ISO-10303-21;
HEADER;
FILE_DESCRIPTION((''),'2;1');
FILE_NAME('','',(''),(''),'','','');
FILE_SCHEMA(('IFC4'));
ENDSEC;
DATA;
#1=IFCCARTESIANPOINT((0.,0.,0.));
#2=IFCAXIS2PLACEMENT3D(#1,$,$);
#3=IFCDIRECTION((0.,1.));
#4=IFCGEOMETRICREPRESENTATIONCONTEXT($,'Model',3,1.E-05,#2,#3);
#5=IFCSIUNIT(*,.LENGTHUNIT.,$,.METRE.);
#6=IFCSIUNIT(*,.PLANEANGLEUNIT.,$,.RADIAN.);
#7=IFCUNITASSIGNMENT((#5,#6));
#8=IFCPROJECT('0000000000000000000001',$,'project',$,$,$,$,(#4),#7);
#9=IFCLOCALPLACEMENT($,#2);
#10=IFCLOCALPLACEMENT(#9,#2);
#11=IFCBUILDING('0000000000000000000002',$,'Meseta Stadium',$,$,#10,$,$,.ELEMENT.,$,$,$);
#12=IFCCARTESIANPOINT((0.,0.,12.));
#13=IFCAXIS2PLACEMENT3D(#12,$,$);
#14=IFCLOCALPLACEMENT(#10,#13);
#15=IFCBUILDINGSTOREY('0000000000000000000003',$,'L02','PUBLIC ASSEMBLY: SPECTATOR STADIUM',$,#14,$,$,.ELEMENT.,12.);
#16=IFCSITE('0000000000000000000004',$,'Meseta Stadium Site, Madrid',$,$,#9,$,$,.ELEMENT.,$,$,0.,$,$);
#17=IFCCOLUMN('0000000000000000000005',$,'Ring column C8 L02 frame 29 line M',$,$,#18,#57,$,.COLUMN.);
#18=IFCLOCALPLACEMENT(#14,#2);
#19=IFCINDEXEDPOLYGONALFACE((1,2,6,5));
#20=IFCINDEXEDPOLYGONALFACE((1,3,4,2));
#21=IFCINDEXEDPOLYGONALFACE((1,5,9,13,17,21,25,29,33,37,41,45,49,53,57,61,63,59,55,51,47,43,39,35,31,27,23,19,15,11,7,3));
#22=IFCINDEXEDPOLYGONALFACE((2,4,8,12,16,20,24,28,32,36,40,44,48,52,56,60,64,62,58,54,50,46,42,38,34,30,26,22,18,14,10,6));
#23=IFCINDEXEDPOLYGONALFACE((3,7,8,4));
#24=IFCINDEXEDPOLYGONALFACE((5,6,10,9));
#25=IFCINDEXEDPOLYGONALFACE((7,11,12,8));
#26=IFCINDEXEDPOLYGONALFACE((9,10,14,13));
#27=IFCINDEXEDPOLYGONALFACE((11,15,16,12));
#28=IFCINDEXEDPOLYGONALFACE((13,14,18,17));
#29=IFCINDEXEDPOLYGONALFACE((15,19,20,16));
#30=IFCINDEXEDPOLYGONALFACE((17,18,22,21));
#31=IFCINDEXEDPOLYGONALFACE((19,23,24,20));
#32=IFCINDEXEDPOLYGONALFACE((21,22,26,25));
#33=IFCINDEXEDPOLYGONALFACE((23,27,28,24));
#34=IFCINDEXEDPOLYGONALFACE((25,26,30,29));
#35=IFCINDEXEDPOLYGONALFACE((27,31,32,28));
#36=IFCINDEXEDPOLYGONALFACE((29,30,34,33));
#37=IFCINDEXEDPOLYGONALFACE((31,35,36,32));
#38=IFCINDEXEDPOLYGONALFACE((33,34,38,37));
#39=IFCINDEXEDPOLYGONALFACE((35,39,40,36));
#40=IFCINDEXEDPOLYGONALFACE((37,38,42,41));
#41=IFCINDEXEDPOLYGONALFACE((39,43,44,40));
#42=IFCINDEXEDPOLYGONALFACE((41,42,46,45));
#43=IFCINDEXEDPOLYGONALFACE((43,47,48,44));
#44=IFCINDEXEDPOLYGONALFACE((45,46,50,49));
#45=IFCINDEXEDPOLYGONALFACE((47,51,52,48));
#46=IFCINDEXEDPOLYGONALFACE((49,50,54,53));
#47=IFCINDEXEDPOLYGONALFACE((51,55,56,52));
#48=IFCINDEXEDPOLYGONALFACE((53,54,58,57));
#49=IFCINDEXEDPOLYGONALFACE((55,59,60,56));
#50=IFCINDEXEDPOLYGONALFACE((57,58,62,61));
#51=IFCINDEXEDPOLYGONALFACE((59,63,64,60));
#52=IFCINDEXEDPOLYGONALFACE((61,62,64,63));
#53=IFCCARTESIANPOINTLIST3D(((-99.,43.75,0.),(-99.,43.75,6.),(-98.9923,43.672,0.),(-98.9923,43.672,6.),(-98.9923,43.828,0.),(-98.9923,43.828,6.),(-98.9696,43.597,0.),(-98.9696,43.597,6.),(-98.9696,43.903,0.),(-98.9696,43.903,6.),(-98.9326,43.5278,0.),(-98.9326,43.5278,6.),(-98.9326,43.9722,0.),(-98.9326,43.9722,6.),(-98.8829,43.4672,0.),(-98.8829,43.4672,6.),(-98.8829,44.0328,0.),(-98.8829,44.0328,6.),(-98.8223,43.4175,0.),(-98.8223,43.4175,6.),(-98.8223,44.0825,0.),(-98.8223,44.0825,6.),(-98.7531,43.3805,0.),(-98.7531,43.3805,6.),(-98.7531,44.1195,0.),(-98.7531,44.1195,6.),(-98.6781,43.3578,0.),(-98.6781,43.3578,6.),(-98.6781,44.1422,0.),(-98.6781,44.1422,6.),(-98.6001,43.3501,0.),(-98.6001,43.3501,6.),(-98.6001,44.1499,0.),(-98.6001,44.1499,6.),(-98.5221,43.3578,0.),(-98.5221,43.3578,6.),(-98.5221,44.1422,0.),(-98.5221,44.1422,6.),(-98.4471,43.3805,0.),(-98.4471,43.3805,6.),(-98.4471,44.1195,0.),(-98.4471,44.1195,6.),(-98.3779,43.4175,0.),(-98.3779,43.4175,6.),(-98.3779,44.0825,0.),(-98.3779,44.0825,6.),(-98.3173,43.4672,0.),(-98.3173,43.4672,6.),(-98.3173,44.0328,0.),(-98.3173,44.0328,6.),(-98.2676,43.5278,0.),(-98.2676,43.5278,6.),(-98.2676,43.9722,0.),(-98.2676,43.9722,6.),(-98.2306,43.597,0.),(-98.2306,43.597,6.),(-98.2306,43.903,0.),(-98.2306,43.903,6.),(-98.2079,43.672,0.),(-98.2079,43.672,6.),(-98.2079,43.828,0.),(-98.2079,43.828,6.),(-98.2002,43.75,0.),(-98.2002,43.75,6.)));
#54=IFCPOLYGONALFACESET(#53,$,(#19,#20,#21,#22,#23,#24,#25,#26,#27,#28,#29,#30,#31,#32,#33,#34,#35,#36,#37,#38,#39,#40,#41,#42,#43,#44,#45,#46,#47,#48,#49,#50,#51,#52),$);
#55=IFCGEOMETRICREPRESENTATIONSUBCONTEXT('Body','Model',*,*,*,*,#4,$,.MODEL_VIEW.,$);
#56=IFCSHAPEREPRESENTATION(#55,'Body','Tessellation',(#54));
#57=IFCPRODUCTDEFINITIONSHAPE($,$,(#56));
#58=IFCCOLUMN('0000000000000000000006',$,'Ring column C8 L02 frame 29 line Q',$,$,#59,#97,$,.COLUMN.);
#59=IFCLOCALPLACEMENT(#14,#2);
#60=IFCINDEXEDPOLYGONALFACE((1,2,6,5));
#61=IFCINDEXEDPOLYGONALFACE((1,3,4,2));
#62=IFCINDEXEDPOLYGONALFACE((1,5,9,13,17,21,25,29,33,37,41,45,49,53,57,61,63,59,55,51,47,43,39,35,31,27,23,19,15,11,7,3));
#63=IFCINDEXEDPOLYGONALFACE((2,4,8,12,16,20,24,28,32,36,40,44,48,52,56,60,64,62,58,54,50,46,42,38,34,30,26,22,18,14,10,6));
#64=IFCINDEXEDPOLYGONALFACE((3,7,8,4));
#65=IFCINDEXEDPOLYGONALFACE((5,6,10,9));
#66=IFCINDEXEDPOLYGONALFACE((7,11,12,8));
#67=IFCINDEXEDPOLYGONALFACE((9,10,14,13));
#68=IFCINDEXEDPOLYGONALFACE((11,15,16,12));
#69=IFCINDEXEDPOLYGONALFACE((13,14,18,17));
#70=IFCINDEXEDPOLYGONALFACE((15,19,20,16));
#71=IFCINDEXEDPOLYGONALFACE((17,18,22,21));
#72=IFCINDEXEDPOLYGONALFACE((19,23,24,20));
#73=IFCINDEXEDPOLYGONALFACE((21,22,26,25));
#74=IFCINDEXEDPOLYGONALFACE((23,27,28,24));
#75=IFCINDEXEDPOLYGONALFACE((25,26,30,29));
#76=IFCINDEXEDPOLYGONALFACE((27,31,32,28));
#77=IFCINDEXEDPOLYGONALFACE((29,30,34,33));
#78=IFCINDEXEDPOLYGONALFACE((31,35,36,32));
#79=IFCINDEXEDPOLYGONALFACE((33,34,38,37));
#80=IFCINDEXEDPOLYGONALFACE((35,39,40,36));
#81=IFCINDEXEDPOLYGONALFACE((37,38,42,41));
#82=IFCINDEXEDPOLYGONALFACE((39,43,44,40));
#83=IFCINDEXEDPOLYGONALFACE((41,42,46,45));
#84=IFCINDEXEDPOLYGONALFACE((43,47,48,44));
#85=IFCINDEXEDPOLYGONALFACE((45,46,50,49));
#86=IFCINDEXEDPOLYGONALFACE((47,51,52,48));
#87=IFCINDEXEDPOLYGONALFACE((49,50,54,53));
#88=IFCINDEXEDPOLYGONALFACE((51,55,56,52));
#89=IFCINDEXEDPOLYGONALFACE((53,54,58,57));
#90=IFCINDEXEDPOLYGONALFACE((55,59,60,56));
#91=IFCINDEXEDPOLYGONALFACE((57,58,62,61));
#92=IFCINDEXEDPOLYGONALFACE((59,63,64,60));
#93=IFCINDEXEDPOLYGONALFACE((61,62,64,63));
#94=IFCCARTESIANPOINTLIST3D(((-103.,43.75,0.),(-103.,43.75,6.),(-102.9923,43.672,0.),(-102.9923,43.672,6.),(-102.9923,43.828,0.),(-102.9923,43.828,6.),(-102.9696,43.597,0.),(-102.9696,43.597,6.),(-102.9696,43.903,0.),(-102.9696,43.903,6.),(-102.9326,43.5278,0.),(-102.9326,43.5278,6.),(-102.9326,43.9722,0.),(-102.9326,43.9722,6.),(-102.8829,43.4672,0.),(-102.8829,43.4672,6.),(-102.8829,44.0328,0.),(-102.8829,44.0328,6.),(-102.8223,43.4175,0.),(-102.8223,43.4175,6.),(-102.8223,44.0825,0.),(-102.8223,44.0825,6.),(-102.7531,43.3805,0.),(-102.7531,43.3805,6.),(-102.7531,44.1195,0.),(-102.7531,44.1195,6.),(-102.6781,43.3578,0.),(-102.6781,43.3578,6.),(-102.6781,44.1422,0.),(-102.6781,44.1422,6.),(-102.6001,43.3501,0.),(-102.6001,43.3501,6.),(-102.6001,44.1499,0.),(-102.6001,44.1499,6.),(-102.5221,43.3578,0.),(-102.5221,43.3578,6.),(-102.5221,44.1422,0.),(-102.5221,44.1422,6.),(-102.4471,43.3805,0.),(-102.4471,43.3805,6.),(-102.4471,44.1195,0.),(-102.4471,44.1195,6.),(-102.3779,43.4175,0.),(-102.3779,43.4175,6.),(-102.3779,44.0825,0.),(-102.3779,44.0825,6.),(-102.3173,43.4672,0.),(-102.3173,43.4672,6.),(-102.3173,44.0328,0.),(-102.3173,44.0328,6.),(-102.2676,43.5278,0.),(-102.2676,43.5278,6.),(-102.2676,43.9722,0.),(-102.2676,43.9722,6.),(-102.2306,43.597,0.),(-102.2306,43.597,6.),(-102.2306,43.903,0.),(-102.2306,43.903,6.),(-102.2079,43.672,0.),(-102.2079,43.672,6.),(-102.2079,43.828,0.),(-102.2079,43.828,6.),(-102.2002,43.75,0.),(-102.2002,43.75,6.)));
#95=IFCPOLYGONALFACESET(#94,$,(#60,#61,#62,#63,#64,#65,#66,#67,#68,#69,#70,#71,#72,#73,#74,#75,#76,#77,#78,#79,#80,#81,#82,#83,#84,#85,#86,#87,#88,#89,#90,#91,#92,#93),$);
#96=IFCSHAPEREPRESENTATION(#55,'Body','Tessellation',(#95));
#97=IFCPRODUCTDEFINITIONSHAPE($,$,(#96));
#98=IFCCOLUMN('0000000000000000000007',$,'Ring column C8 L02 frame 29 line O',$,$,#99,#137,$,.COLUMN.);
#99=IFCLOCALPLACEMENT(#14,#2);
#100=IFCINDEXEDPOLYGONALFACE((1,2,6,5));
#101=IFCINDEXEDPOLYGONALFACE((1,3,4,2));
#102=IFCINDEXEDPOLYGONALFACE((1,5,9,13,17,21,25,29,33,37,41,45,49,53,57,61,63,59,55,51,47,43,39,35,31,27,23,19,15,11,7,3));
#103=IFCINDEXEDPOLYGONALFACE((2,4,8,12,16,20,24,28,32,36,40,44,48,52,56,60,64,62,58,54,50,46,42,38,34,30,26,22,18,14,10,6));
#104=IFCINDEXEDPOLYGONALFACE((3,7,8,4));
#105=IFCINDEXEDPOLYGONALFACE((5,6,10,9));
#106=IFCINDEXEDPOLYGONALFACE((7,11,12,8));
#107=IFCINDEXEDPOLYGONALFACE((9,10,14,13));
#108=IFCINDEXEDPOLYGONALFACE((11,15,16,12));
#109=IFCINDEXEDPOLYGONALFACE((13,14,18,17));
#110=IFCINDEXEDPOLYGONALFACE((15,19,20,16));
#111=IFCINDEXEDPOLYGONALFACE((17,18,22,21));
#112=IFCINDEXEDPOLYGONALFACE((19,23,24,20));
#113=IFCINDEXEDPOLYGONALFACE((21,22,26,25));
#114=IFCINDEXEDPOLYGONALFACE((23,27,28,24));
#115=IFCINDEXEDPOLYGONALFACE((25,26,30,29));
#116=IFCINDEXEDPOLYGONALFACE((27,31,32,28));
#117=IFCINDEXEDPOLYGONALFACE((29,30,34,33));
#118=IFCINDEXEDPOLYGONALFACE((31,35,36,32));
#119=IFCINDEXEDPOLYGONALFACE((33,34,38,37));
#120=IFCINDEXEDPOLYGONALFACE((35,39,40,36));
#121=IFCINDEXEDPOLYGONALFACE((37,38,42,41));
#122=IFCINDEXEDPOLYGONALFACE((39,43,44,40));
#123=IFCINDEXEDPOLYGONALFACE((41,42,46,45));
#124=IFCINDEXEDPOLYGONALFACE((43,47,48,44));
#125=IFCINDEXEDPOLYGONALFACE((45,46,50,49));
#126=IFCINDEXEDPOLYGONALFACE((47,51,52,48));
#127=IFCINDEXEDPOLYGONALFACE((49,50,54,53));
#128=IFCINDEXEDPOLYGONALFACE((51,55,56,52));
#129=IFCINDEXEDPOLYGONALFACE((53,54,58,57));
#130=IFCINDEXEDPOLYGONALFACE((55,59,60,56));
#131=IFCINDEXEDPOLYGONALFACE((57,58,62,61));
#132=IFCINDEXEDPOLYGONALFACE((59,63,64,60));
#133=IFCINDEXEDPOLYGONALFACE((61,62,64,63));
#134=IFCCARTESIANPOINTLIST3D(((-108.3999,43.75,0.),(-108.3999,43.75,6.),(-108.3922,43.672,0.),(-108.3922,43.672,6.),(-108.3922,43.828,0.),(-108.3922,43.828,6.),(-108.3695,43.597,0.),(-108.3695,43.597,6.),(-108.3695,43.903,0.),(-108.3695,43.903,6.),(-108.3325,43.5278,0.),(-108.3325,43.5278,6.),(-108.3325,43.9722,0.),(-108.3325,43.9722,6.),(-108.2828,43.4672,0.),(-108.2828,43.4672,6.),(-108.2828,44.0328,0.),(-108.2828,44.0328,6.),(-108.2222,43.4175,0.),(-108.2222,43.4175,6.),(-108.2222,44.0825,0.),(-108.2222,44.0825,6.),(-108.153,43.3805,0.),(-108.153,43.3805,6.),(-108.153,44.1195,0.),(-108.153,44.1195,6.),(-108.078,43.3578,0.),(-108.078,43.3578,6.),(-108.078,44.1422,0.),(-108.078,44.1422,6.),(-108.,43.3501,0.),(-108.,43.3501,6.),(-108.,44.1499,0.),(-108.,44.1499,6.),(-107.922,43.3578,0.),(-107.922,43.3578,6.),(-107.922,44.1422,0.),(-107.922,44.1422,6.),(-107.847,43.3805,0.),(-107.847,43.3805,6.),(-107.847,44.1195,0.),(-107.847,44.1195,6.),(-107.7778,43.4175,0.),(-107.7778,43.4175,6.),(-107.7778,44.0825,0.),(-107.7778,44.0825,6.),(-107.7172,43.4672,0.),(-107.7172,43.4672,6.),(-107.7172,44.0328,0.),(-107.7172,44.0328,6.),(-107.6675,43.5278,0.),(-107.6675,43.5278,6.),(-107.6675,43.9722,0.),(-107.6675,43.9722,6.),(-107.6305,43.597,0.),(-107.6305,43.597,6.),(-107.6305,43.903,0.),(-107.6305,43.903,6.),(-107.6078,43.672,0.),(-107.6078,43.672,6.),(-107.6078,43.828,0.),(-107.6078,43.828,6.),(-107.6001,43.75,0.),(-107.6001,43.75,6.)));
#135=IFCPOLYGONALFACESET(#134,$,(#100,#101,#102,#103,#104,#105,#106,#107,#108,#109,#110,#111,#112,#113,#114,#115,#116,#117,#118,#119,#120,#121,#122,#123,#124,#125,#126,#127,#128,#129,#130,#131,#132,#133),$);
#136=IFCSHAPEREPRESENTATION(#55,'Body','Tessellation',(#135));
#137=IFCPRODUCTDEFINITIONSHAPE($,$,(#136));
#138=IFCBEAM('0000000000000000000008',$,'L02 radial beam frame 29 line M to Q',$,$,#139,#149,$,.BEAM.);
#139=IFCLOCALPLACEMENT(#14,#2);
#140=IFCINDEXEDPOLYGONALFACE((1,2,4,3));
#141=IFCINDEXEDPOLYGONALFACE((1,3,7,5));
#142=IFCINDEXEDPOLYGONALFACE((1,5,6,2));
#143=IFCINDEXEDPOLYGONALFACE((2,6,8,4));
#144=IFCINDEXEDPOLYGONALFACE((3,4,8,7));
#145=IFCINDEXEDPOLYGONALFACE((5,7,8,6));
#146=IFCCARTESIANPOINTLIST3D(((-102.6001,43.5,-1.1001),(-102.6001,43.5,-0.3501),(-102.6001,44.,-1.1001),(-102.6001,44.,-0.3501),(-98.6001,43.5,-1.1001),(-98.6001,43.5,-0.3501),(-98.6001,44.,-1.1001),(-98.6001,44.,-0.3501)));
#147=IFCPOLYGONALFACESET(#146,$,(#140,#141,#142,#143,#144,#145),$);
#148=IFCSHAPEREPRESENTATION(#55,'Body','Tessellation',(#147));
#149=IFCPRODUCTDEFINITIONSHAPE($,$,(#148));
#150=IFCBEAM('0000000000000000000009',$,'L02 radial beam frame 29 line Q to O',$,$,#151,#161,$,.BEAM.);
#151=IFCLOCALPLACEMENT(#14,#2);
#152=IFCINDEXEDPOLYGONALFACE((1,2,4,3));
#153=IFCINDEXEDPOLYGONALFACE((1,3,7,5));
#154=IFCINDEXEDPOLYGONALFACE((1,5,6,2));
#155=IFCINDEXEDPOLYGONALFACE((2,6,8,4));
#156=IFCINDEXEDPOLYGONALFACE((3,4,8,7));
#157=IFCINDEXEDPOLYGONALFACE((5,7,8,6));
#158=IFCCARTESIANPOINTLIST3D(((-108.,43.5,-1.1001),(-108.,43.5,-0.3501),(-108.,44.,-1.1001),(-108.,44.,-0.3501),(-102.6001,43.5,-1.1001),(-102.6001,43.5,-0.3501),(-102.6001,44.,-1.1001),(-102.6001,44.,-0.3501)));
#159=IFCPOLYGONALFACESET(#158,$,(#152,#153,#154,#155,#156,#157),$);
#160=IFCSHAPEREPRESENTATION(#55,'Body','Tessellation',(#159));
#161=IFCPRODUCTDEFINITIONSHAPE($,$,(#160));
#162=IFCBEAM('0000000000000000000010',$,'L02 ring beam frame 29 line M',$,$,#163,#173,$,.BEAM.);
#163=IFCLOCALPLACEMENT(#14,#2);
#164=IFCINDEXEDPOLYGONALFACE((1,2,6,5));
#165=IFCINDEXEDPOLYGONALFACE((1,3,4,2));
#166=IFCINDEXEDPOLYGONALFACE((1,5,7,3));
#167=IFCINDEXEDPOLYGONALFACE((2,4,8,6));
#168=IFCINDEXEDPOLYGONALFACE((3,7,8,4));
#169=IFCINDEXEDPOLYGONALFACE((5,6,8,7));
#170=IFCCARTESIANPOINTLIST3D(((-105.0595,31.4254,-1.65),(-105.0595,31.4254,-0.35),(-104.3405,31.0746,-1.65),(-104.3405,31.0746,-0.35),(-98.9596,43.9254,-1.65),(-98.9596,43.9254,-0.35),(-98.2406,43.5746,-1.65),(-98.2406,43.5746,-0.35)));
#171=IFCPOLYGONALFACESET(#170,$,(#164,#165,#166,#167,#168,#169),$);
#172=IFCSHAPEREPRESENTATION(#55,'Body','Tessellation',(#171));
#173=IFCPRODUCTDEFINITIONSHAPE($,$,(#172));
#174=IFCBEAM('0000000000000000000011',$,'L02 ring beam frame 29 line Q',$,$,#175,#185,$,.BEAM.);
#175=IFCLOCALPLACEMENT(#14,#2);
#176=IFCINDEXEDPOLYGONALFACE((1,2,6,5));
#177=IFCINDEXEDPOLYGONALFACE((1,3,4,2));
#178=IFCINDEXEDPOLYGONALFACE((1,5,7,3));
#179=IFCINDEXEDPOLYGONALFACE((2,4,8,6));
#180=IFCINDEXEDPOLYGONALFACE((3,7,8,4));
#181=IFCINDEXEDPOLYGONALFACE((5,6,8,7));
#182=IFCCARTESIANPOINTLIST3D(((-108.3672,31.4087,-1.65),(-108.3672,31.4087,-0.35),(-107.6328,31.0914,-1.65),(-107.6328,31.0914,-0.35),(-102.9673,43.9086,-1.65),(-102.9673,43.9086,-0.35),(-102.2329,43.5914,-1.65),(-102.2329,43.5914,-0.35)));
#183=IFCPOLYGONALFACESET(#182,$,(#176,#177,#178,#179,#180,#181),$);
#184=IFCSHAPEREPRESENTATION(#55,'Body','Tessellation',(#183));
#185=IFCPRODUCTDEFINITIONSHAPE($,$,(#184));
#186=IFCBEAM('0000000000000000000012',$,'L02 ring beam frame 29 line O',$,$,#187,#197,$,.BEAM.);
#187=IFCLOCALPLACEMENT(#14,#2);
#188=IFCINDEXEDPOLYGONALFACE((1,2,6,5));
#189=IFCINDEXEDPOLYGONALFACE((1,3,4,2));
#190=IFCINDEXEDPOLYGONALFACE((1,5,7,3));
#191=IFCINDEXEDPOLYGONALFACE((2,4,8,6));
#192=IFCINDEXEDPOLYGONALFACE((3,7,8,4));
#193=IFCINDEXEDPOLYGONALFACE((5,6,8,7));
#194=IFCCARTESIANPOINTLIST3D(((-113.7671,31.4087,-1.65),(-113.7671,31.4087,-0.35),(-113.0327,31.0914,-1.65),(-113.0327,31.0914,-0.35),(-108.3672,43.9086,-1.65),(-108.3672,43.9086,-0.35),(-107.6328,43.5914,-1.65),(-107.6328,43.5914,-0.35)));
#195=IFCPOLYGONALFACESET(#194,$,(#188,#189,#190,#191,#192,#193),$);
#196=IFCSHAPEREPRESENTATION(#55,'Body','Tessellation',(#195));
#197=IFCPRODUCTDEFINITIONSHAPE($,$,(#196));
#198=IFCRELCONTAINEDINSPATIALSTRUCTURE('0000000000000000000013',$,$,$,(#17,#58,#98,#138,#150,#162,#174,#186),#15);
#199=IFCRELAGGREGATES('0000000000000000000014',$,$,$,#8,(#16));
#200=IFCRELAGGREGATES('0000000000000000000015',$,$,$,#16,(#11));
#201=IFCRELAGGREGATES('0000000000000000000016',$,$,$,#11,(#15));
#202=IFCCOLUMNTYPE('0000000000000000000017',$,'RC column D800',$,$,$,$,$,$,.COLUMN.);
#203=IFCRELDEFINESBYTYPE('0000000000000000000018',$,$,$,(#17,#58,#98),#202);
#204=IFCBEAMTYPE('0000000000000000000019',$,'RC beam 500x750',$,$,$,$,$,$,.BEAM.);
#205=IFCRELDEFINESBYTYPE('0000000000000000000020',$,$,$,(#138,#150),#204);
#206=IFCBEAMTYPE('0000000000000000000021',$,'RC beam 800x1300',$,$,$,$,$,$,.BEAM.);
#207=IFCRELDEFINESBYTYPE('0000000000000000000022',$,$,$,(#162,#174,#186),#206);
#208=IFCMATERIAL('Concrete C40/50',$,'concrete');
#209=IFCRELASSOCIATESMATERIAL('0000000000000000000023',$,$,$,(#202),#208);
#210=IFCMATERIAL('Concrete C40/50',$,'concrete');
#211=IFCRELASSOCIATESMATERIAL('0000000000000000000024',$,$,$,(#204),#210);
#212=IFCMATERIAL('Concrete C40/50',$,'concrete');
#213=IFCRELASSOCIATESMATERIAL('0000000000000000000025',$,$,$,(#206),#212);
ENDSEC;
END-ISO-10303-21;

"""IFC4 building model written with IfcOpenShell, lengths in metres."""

from ifc_helpers import new_model, si_unit, direction, frame, origin, origin_2d, place, context, subcontext, project, spatial, rectangle, circle, extrude, material, material_profile, profile_set, type_object, element, save


model = new_model("IFC4")

# Units and contexts
model_context = context("Model", 3, precision=1e-05, world=origin(), true_north=direction((0.0, 1.0)))
body_context = subcontext(model_context, "Body", "Model", "MODEL_VIEW")
ifc_project = project(units=[si_unit("LENGTHUNIT", "METRE"), si_unit("PLANEANGLEUNIT", "RADIAN")], contexts=[model_context])

# Site, building, storey
site_placement = place(None, origin())
site = spatial("IfcSite", under=ifc_project, at=site_placement, Name="Meseta Stadium Site, Madrid", CompositionType="ELEMENT", RefElevation=0.0)
building_placement = place(site_placement, origin())
building = spatial("IfcBuilding", under=site, at=building_placement, Name="Meseta Stadium", CompositionType="ELEMENT")
storey_placement = place(building_placement, frame((0.0, 0.0, 12.0)))
storey = spatial("IfcBuildingStorey", under=building, at=storey_placement, Name="L02", Description="PUBLIC ASSEMBLY: SPECTATOR STADIUM", CompositionType="ELEMENT", Elevation=12.0)

# Columns
ifc_material_1 = material(Name="Concrete C40/50", Category="concrete")
ifc_material_profile_1 = material_profile(ifc_material_1, circle(Radius=0.3999, at=origin_2d()), Name="RC D800")
ifc_profile_set_1 = profile_set([ifc_material_profile_1], Name="Concrete C40/50")
column_type = type_object("IfcColumnType", Name="RC column D800", PredefinedType="COLUMN", material=ifc_profile_set_1)
for number, where, z_axis, x_axis, name in (
    (1, (-98.6001, 43.75, 0.0), (0.0, 0.0, 1.0), (1.0, 0.0, 0.0), "Ring column C8 L02 frame 29 line M"),
    (2, (-102.6001, 43.75, 0.0), (0.0, 0.0, 1.0), (1.0, 0.0, 0.0), "Ring column C8 L02 frame 29 line Q"),
    (3, (-108.0, 43.75, 0.0), (0.0, 0.0, 1.0), (1.0, 0.0, 0.0), "Ring column C8 L02 frame 29 line O"),
):
    element("IfcColumn", number, at=place(storey_placement, frame(where, z_axis=z_axis, x_axis=x_axis)), inside=storey, type_object=column_type, Name=name, PredefinedType="COLUMN", context=body_context, shape_type="SweptSolid", body=[
        extrude(circle(Radius=0.3999, at=origin_2d()), origin(), (0.0, 0.0, 1.0), 6.0),
    ])

# Beams
ifc_material_2 = material(Name="Concrete C40/50", Category="concrete")
ifc_material_profile_2 = material_profile(ifc_material_2, rectangle(XDim=0.5, YDim=0.75, at=origin_2d()), Name="RC 500x750")
ifc_profile_set_2 = profile_set([ifc_material_profile_2], Name="Concrete C40/50")
beam_type_1 = type_object("IfcBeamType", Name="RC beam 500x750", PredefinedType="BEAM", material=ifc_profile_set_2)
beam_1_placement = place(storey_placement, frame((-98.6001, 43.75, -0.7251), z_axis=(-1.0, 0.0, 0.0), x_axis=(0.0, -1.0, 0.0)))
element("IfcBeam", 4, at=beam_1_placement, inside=storey, type_object=beam_type_1, Name="L02 radial beam frame 29 line M to Q", PredefinedType="BEAM", context=body_context, shape_type="SweptSolid", body=[
    extrude(rectangle(XDim=0.5, YDim=0.75, at=origin_2d()), origin(), (0.0, 0.0, 1.0), 4.0),
])
beam_2_placement = place(storey_placement, frame((-102.6001, 43.75, -0.7251), z_axis=(-1.0, 0.0, 0.0), x_axis=(0.0, -1.0, 0.0)))
element("IfcBeam", 5, at=beam_2_placement, inside=storey, type_object=beam_type_1, Name="L02 radial beam frame 29 line Q to O", PredefinedType="BEAM", context=body_context, shape_type="SweptSolid", body=[
    extrude(rectangle(XDim=0.5, YDim=0.75, at=origin_2d()), origin(), (0.0, 0.0, 1.0), 5.3999),
])
ifc_material_3 = material(Name="Concrete C40/50", Category="concrete")
ifc_material_profile_3 = material_profile(ifc_material_3, rectangle(XDim=0.8, YDim=1.3, at=origin_2d()), Name="RC 800x1300")
ifc_profile_set_3 = profile_set([ifc_material_profile_3], Name="Concrete C40/50")
beam_type_2 = type_object("IfcBeamType", Name="RC beam 800x1300", PredefinedType="BEAM", material=ifc_profile_set_3)
beam_3_placement = place(storey_placement, frame((-98.6001, 43.75, -1.0), z_axis=(-0.438557, -0.898703, 0.0), x_axis=(0.898703, -0.438557, 0.0)))
element("IfcBeam", 6, at=beam_3_placement, inside=storey, type_object=beam_type_2, Name="L02 ring beam frame 29 line M", PredefinedType="BEAM", context=body_context, shape_type="SweptSolid", body=[
    extrude(rectangle(XDim=0.8, YDim=1.3, at=origin_2d()), origin(), (0.0, 0.0, 1.0), 13.9089),
])
for number, where, z_axis, x_axis, name in (
    (7, (-102.6001, 43.75, -1.0), (-0.396571, -0.918004, 0.0), (0.918004, -0.396571, 0.0), "L02 ring beam frame 29 line Q"),
    (8, (-108.0, 43.75, -1.0), (-0.396571, -0.918004, 0.0), (0.918004, -0.396571, 0.0), "L02 ring beam frame 29 line O"),
):
    element("IfcBeam", number, at=place(storey_placement, frame(where, z_axis=z_axis, x_axis=x_axis)), inside=storey, type_object=beam_type_2, Name=name, PredefinedType="BEAM", context=body_context, shape_type="SweptSolid", body=[
        extrude(rectangle(XDim=0.8, YDim=1.3, at=origin_2d()), origin(), (0.0, 0.0, 1.0), 13.6165),
    ])

save(model, "model.ifc")
